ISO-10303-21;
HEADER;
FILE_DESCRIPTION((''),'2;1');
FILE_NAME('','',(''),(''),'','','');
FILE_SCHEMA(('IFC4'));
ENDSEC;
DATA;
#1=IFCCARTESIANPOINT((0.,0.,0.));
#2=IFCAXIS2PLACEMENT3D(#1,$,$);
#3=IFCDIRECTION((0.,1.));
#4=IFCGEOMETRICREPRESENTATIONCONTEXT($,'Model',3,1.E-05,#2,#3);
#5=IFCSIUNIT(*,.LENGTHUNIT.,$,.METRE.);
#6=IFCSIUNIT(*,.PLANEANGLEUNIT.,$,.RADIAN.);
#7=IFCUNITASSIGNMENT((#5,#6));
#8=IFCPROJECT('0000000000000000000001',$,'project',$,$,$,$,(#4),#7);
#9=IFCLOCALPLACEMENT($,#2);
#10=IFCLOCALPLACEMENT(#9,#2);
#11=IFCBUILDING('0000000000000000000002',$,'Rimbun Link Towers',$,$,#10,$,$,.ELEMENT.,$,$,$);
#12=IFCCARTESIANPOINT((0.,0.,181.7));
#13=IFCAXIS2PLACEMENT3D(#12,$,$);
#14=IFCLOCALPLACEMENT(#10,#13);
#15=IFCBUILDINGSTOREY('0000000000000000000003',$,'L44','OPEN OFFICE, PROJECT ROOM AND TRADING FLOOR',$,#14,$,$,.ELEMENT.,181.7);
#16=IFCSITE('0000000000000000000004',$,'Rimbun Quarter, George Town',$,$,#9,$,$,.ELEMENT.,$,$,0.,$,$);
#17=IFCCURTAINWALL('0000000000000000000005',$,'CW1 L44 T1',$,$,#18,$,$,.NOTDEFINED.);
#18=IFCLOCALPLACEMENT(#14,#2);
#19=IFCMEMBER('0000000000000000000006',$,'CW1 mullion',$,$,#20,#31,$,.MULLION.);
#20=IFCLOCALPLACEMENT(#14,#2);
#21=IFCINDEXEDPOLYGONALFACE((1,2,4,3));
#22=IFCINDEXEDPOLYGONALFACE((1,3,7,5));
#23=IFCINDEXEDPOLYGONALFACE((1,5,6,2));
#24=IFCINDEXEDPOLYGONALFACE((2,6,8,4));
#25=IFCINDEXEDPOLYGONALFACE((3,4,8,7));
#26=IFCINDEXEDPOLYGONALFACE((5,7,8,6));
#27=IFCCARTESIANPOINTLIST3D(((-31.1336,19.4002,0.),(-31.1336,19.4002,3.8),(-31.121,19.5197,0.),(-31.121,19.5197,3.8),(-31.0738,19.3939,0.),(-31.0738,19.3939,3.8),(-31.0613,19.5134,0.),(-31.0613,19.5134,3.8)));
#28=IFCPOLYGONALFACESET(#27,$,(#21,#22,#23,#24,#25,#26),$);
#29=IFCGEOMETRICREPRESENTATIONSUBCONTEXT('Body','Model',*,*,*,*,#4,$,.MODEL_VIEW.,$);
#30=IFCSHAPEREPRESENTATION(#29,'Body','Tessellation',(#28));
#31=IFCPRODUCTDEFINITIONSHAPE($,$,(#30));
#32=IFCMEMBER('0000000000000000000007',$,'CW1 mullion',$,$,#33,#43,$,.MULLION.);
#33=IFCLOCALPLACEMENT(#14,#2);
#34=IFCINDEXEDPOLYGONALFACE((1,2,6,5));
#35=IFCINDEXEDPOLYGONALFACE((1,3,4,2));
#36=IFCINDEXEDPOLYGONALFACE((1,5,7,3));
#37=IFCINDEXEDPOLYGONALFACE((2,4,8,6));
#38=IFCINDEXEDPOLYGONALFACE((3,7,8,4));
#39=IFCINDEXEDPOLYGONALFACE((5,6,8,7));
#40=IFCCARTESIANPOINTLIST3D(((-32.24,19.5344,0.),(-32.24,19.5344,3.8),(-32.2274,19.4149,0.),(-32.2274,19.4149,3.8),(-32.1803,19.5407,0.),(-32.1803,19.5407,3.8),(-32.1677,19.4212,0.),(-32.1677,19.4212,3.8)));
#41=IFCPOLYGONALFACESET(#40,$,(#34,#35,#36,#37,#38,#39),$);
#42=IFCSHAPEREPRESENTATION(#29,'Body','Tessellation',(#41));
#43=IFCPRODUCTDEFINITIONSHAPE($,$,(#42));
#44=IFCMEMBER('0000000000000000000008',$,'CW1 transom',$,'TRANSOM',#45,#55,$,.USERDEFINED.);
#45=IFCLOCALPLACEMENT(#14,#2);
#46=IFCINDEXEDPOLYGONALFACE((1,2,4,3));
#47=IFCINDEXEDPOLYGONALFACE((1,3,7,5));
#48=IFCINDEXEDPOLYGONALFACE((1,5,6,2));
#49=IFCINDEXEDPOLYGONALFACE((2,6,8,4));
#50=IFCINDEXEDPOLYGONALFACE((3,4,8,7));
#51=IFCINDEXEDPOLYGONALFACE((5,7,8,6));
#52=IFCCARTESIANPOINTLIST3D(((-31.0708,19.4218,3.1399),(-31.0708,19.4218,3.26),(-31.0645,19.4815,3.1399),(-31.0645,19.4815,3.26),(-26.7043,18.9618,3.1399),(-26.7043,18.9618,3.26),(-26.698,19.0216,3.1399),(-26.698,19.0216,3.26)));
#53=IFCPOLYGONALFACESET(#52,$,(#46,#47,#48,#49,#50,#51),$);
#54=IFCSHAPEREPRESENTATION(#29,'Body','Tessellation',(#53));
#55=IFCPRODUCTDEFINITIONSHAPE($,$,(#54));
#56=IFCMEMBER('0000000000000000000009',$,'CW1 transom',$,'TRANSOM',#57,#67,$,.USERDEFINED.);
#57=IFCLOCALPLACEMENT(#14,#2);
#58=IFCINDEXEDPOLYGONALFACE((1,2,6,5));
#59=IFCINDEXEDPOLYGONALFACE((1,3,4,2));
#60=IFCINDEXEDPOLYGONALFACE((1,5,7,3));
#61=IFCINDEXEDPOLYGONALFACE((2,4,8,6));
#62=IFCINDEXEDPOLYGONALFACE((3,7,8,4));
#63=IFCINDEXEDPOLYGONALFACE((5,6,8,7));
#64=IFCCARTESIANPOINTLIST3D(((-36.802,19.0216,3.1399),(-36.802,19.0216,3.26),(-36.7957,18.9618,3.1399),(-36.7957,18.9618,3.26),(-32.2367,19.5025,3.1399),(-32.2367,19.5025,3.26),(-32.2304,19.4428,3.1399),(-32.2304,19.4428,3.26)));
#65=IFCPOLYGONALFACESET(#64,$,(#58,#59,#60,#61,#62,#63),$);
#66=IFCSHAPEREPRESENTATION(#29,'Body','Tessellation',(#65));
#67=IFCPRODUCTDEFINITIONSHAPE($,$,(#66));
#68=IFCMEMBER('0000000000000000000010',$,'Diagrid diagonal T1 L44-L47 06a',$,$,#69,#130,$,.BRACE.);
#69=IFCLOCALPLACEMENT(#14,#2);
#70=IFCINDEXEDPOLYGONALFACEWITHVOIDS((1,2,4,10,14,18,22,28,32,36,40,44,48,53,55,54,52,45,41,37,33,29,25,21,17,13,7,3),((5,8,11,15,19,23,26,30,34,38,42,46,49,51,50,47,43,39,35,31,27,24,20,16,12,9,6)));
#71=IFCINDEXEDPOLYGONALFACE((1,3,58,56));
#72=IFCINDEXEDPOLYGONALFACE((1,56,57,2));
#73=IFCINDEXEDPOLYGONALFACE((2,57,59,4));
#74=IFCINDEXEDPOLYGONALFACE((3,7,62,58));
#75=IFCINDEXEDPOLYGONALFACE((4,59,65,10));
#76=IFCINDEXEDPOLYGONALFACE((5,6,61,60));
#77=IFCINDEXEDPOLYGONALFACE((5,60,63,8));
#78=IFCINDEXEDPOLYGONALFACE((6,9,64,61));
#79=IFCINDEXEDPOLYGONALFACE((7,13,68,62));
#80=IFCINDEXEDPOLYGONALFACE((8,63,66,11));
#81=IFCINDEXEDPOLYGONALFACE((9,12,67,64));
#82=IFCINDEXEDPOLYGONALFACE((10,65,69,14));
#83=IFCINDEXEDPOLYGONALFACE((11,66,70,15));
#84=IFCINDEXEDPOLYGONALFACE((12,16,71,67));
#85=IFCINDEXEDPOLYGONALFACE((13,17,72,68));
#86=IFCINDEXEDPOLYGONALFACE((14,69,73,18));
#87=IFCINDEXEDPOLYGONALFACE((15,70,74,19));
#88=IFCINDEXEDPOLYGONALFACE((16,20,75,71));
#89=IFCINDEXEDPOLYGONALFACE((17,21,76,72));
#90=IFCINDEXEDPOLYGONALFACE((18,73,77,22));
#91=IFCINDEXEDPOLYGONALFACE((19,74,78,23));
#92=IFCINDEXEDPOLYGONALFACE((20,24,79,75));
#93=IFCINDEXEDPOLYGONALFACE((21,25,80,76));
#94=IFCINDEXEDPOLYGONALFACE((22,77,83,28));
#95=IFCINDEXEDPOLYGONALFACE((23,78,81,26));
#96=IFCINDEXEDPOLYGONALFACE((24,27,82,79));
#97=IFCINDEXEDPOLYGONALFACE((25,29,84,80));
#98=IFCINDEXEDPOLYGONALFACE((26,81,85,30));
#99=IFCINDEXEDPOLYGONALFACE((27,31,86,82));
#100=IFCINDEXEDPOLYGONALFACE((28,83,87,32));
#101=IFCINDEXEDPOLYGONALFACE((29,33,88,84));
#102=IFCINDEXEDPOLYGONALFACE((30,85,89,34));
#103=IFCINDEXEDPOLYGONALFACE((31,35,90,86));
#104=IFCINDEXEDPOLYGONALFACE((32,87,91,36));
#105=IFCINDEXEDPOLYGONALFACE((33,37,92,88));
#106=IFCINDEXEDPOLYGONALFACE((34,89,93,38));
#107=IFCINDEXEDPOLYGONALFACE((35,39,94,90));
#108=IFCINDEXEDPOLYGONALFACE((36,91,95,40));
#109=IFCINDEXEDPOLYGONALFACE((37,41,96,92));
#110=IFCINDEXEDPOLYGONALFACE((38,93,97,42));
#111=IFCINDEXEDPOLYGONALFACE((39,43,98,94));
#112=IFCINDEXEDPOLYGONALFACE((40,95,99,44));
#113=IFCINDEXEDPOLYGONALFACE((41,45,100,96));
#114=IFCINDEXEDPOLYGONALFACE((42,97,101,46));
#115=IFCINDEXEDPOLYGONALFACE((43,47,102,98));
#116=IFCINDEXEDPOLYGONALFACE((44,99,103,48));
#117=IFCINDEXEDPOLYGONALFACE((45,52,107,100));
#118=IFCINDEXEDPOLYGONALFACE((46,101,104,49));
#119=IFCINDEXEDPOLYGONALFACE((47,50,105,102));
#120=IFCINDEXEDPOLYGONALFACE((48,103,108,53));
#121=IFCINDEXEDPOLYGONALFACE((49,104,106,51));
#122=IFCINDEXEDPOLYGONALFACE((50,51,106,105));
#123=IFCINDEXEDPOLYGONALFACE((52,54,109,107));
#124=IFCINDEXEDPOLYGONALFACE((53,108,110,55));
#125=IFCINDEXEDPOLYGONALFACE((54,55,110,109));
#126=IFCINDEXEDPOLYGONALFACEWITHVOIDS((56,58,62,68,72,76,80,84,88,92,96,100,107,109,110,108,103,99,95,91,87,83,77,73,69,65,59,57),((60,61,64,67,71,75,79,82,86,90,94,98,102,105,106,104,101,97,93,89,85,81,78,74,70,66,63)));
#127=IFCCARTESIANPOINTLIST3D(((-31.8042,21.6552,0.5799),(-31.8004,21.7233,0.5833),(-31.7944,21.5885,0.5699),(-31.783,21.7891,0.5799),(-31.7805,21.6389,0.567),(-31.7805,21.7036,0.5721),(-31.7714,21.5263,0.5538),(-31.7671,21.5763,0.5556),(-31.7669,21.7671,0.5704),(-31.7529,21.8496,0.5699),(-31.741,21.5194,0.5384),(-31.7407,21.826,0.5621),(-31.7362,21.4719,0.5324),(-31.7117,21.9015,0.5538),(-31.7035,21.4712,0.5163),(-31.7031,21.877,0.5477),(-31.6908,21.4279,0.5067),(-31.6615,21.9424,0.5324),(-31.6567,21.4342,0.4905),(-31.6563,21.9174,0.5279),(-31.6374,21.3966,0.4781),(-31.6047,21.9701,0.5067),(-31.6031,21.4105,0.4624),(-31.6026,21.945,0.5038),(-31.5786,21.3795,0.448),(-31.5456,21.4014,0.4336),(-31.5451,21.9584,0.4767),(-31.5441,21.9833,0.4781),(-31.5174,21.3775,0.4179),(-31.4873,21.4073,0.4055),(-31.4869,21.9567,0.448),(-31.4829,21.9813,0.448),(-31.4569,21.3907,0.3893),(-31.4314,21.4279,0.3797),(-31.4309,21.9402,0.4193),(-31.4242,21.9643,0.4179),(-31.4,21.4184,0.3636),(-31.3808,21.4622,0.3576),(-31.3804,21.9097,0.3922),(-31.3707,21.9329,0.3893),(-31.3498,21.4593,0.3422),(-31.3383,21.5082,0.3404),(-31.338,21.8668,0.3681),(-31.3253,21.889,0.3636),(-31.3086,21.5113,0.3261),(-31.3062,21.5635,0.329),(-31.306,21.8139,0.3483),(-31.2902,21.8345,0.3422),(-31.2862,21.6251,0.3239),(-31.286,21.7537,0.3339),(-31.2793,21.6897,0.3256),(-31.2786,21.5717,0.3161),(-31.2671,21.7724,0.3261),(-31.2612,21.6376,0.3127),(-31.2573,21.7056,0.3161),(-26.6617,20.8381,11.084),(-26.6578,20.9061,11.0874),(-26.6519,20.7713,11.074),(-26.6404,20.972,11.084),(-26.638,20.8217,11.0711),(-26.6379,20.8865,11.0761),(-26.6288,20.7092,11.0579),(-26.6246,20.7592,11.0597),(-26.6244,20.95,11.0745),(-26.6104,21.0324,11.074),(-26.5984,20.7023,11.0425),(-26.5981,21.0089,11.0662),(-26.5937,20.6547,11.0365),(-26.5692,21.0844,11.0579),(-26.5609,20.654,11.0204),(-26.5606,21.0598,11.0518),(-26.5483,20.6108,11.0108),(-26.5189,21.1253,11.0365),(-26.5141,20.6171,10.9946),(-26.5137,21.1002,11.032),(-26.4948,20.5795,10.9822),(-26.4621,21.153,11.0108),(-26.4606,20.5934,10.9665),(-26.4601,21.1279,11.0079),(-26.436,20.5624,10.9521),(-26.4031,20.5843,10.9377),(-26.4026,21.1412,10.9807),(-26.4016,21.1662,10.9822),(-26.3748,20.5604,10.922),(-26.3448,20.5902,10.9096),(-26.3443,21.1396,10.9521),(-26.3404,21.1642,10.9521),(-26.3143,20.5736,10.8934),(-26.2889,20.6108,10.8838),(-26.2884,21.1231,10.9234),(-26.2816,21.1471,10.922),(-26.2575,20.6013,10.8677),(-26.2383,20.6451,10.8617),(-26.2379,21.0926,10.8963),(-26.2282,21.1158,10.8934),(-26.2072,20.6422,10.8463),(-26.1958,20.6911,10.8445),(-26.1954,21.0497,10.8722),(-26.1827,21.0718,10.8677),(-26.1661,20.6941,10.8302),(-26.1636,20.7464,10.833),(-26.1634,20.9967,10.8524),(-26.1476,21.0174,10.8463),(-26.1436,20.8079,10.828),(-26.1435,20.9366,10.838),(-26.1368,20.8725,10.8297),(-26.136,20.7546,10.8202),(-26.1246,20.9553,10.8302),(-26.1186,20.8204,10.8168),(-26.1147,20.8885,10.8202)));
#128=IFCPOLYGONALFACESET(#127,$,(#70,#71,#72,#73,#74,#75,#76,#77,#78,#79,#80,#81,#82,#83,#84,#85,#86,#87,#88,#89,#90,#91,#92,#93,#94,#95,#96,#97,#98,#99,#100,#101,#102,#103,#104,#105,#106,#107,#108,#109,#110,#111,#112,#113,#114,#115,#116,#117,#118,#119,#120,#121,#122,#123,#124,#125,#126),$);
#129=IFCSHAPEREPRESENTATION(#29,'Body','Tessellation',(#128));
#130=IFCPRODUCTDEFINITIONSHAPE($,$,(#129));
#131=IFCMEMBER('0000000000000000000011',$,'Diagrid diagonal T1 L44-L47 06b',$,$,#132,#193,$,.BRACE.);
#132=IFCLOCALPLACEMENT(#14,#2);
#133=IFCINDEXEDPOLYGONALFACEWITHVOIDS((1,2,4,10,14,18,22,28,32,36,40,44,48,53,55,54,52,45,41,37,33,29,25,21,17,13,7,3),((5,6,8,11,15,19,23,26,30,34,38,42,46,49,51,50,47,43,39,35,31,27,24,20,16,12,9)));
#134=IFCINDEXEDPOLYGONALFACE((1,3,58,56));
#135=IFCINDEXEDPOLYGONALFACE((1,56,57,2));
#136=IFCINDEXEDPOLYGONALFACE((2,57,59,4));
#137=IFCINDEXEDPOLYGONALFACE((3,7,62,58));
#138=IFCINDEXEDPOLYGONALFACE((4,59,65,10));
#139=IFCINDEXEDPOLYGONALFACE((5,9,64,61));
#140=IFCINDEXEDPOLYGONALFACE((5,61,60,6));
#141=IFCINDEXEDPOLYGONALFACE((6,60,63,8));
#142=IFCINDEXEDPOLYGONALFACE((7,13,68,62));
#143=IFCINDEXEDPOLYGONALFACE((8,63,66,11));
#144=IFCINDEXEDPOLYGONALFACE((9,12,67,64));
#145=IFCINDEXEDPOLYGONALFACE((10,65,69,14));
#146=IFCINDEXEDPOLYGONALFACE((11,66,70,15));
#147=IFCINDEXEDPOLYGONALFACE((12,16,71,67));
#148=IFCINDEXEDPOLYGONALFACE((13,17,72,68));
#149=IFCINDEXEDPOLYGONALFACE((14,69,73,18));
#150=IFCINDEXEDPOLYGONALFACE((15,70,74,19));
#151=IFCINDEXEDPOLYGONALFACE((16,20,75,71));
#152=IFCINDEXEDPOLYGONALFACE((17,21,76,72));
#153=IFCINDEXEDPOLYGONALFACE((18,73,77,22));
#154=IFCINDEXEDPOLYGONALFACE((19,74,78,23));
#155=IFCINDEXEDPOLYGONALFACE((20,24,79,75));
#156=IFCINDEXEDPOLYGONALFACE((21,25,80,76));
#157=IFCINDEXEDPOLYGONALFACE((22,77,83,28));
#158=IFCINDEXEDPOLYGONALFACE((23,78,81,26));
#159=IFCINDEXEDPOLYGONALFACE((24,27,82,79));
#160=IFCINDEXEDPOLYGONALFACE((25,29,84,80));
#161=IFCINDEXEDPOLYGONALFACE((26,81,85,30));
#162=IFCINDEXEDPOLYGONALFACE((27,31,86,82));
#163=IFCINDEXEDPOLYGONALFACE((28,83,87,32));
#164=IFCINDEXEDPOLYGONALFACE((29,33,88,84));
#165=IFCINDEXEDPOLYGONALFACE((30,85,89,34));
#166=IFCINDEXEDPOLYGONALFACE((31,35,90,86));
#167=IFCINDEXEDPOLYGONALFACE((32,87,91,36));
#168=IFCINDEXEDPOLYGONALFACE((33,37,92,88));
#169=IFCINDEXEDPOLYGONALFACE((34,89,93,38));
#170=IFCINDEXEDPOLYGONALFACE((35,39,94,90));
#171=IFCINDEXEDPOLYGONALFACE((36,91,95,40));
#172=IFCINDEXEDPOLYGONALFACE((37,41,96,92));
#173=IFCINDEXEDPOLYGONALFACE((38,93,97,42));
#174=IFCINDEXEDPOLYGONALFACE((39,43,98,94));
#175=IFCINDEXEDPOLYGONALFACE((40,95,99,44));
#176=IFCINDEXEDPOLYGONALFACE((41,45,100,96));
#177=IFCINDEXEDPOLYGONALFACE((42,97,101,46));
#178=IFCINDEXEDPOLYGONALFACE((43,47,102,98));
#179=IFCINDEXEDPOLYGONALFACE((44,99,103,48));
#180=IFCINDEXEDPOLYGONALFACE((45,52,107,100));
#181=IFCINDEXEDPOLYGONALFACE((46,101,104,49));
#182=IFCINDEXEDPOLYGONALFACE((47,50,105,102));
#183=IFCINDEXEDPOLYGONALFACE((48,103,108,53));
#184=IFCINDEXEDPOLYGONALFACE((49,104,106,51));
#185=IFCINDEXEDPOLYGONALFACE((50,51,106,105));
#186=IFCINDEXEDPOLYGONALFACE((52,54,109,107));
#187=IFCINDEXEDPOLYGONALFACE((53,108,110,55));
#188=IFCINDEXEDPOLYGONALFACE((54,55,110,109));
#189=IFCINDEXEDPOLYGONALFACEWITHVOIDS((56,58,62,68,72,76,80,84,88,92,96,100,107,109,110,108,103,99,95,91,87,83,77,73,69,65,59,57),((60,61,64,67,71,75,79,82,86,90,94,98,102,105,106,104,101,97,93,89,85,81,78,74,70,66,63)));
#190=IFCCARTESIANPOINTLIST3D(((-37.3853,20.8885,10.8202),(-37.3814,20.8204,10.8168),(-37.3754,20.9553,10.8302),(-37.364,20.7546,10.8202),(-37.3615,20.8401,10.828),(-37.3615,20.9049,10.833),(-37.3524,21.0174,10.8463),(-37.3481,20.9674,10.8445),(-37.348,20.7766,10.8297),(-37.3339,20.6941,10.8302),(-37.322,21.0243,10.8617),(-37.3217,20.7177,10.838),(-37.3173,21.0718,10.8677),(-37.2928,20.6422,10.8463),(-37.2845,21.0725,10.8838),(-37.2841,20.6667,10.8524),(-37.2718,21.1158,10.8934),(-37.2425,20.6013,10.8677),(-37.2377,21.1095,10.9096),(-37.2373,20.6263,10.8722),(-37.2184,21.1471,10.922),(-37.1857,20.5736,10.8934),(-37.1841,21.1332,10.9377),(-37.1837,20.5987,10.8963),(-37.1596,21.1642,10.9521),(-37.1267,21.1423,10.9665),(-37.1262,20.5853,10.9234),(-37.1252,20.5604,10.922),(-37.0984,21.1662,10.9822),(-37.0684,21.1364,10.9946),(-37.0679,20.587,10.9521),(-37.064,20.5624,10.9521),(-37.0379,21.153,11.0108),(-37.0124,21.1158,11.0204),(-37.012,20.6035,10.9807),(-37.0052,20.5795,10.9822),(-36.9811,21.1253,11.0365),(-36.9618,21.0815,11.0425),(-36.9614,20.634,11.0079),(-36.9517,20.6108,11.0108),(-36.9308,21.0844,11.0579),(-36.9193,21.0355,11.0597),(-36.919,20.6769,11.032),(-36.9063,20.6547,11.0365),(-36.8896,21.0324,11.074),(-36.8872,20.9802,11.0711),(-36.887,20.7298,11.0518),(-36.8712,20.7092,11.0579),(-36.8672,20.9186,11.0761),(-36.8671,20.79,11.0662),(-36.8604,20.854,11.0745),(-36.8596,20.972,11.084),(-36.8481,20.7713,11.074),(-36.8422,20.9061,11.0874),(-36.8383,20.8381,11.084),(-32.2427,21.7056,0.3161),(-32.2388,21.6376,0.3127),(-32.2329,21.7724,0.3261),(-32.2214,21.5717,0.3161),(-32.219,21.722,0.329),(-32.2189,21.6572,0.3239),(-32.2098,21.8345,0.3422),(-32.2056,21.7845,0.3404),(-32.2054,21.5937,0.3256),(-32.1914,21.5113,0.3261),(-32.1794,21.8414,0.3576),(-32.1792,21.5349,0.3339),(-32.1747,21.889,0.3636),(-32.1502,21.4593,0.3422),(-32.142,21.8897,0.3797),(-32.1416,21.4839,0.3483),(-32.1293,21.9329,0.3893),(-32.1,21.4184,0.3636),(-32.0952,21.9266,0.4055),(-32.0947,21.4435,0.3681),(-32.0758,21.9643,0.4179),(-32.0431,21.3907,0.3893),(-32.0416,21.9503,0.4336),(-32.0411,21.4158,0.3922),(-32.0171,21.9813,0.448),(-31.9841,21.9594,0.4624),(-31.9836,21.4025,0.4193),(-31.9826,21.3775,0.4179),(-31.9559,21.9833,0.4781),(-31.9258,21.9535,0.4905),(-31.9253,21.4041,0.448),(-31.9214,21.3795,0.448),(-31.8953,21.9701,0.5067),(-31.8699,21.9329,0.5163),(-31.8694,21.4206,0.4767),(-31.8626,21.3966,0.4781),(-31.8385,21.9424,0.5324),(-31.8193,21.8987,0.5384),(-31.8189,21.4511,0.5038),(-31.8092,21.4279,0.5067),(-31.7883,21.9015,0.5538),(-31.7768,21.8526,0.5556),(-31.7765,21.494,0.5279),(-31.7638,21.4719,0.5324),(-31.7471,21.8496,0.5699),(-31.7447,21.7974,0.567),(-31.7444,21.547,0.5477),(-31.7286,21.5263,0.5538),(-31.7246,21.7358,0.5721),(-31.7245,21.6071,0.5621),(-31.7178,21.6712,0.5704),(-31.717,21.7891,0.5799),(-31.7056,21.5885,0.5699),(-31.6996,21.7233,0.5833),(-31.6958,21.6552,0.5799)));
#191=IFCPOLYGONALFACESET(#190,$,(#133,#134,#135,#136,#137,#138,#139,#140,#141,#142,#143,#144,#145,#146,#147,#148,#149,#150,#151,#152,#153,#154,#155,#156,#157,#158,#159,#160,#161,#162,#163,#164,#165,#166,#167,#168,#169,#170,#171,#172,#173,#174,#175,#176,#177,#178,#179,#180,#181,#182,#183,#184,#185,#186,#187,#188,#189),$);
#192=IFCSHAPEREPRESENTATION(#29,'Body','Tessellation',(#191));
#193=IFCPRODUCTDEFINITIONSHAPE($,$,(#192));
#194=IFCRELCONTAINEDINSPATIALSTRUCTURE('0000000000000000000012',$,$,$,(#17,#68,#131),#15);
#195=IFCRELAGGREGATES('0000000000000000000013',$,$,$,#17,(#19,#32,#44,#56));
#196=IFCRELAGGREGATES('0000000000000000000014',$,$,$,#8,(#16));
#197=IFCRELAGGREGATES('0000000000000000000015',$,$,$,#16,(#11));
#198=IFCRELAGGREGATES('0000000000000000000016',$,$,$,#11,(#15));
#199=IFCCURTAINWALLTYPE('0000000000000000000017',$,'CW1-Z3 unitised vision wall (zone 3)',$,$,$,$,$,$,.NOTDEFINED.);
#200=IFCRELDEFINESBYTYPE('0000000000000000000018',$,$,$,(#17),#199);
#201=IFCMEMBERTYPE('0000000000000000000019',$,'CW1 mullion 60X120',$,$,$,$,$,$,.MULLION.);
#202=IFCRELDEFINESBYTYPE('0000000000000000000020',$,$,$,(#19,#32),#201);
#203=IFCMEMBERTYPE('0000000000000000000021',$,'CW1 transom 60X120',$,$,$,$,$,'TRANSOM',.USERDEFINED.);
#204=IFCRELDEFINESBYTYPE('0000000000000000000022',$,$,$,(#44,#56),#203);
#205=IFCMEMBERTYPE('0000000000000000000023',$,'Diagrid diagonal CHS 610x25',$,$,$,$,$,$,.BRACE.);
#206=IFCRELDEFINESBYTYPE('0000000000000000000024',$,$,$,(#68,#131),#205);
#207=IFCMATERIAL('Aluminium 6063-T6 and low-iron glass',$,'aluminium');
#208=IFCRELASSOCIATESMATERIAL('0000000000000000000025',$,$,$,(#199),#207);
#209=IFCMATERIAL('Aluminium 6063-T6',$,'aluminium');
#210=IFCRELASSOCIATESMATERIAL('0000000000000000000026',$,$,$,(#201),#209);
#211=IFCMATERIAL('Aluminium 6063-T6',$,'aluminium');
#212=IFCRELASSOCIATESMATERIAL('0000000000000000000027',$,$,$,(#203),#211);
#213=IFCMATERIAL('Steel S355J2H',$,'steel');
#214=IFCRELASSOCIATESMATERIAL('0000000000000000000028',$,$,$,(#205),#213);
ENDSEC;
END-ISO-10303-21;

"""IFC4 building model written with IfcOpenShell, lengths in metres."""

from ifc_helpers import new_model, si_unit, direction, frame, origin, origin_2d, place, context, subcontext, project, spatial, rectangle, hollow_circle, extrude, material, material_profile, profile_set, type_object, element, aggregate, save


model = new_model("IFC4")

# Units and contexts
model_context = context("Model", 3, precision=1e-05, world=origin(), true_north=direction((0.0, 1.0)))
body_context = subcontext(model_context, "Body", "Model", "MODEL_VIEW")
ifc_project = project(units=[si_unit("LENGTHUNIT", "METRE"), si_unit("PLANEANGLEUNIT", "RADIAN")], contexts=[model_context])

# Site, building, storey
site_placement = place(None, origin())
site = spatial("IfcSite", under=ifc_project, at=site_placement, Name="Rimbun Quarter, George Town", CompositionType="ELEMENT", RefElevation=0.0)
building_placement = place(site_placement, origin())
building = spatial("IfcBuilding", under=site, at=building_placement, Name="Rimbun Link Towers", CompositionType="ELEMENT")
storey_placement = place(building_placement, frame((0.0, 0.0, 181.7)))
storey = spatial("IfcBuildingStorey", under=building, at=storey_placement, Name="L44", Description="OPEN OFFICE, PROJECT ROOM AND TRADING FLOOR", CompositionType="ELEMENT", Elevation=181.7)

# Curtain wall, members
ifc_material_1 = material(Name="Aluminium 6063-T6 and low-iron glass", Category="aluminium")
curtain_wall_type = type_object("IfcCurtainWallType", Name="CW1-Z3 unitised vision wall (zone 3)", PredefinedType="NOTDEFINED", material=ifc_material_1)
curtain_wall_placement = place(storey_placement, origin())
curtain_wall = element("IfcCurtainWall", 1, at=curtain_wall_placement, inside=storey, type_object=curtain_wall_type, Name="CW1 L44 T1", PredefinedType="NOTDEFINED")
ifc_material_2 = material(Name="Aluminium 6063-T6", Category="aluminium")
ifc_material_profile_1 = material_profile(ifc_material_2, rectangle(XDim=0.1201, YDim=0.0601, at=origin_2d()), Name="MULLION 60X120")
ifc_profile_set_1 = profile_set([ifc_material_profile_1], Name="Aluminium 6063-T6")
member_type_1 = type_object("IfcMemberType", Name="CW1 mullion 60X120", PredefinedType="MULLION", material=ifc_profile_set_1)
member_1_placement = place(storey_placement, frame((-31.0974, 19.4568, 0.0), z_axis=(0.0, 0.0, 1.0), x_axis=(0.104753, 0.994498, 0.0)))
member_1 = element("IfcMember", 2, at=member_1_placement, type_object=member_type_1, Name="CW1 mullion", PredefinedType="MULLION", context=body_context, shape_type="SweptSolid", body=[
    extrude(rectangle(XDim=0.1201, YDim=0.0601, at=origin_2d()), origin(), (0.0, 0.0, 1.0), 3.8),
])
member_2_placement = place(storey_placement, frame((-32.2039, 19.4778, 0.0), z_axis=(0.0, 0.0, 1.0), x_axis=(-0.104753, 0.994498, 0.0)))
member_2 = element("IfcMember", 3, at=member_2_placement, type_object=member_type_1, Name="CW1 mullion", PredefinedType="MULLION", context=body_context, shape_type="SweptSolid", body=[
    extrude(rectangle(XDim=0.1201, YDim=0.0601, at=origin_2d()), origin(), (0.0, 0.0, 1.0), 3.8),
])
ifc_material_3 = material(Name="Aluminium 6063-T6", Category="aluminium")
ifc_material_profile_2 = material_profile(ifc_material_3, rectangle(XDim=0.0601, YDim=0.1201, at=origin_2d()), Name="TRANSOM 60X120")
ifc_profile_set_2 = profile_set([ifc_material_profile_2], Name="Aluminium 6063-T6")
member_type_2 = type_object("IfcMemberType", Name="CW1 transom 60X120", ElementType="TRANSOM", PredefinedType="USERDEFINED", material=ifc_profile_set_2)
member_3_placement = place(storey_placement, frame((-31.0676, 19.4517, 3.2), z_axis=(0.994498, -0.10476, 0.0), x_axis=(0.10476, 0.994498, 0.0)))
member_3 = element("IfcMember", 4, at=member_3_placement, type_object=member_type_2, Name="CW1 transom", ObjectType="TRANSOM", PredefinedType="USERDEFINED", context=body_context, shape_type="SweptSolid", body=[
    extrude(rectangle(XDim=0.0601, YDim=0.1201, at=origin_2d()), origin(), (0.0, 0.0, 1.0), 4.3906),
])
member_4_placement = place(storey_placement, frame((-36.7988, 18.9917, 3.2), z_axis=(0.994497, 0.104768, 0.0), x_axis=(-0.104768, 0.994497, 0.0)))
member_4 = element("IfcMember", 5, at=member_4_placement, type_object=member_type_2, Name="CW1 transom", ObjectType="TRANSOM", PredefinedType="USERDEFINED", context=body_context, shape_type="SweptSolid", body=[
    extrude(rectangle(XDim=0.0601, YDim=0.1201, at=origin_2d()), origin(), (0.0, 0.0, 1.0), 4.5906),
])

# Members
ifc_material_4 = material(Name="Steel S355J2H", Category="steel")
ifc_material_profile_3 = material_profile(ifc_material_4, hollow_circle(Radius=0.3047, WallThickness=0.0249, at=origin_2d()), Name="Diagrid diagonal CHS 610x25")
ifc_profile_set_3 = profile_set([ifc_material_profile_3], Name="Steel S355J2H")
member_type_3 = type_object("IfcMemberType", Name="Diagrid diagonal CHS 610x25", PredefinedType="BRACE", material=ifc_profile_set_3)
for number, where, z_axis, x_axis, name in (
    (6, (-31.5308, 21.6804, 0.448), (0.438639, -0.069698, 0.895957), (0.156928, 0.98761, 0.0), "Diagrid diagonal T1 L44-L47 06a"),
    (7, (-31.9692, 21.6804, 0.448), (-0.438639, -0.069698, 0.895957), (0.156928, -0.98761, 0.0), "Diagrid diagonal T1 L44-L47 06b"),
):
    element("IfcMember", number, at=place(storey_placement, frame(where, z_axis=z_axis, x_axis=x_axis)), inside=storey, type_object=member_type_3, Name=name, PredefinedType="BRACE", context=body_context, shape_type="SweptSolid", body=[
        extrude(hollow_circle(Radius=0.3047, WallThickness=0.0249, at=origin_2d()), origin(), (0.0, 0.0, 1.0), 11.7239),
    ])

aggregate(curtain_wall, [member_1, member_2, member_3, member_4])

save(model, "model.ifc")
